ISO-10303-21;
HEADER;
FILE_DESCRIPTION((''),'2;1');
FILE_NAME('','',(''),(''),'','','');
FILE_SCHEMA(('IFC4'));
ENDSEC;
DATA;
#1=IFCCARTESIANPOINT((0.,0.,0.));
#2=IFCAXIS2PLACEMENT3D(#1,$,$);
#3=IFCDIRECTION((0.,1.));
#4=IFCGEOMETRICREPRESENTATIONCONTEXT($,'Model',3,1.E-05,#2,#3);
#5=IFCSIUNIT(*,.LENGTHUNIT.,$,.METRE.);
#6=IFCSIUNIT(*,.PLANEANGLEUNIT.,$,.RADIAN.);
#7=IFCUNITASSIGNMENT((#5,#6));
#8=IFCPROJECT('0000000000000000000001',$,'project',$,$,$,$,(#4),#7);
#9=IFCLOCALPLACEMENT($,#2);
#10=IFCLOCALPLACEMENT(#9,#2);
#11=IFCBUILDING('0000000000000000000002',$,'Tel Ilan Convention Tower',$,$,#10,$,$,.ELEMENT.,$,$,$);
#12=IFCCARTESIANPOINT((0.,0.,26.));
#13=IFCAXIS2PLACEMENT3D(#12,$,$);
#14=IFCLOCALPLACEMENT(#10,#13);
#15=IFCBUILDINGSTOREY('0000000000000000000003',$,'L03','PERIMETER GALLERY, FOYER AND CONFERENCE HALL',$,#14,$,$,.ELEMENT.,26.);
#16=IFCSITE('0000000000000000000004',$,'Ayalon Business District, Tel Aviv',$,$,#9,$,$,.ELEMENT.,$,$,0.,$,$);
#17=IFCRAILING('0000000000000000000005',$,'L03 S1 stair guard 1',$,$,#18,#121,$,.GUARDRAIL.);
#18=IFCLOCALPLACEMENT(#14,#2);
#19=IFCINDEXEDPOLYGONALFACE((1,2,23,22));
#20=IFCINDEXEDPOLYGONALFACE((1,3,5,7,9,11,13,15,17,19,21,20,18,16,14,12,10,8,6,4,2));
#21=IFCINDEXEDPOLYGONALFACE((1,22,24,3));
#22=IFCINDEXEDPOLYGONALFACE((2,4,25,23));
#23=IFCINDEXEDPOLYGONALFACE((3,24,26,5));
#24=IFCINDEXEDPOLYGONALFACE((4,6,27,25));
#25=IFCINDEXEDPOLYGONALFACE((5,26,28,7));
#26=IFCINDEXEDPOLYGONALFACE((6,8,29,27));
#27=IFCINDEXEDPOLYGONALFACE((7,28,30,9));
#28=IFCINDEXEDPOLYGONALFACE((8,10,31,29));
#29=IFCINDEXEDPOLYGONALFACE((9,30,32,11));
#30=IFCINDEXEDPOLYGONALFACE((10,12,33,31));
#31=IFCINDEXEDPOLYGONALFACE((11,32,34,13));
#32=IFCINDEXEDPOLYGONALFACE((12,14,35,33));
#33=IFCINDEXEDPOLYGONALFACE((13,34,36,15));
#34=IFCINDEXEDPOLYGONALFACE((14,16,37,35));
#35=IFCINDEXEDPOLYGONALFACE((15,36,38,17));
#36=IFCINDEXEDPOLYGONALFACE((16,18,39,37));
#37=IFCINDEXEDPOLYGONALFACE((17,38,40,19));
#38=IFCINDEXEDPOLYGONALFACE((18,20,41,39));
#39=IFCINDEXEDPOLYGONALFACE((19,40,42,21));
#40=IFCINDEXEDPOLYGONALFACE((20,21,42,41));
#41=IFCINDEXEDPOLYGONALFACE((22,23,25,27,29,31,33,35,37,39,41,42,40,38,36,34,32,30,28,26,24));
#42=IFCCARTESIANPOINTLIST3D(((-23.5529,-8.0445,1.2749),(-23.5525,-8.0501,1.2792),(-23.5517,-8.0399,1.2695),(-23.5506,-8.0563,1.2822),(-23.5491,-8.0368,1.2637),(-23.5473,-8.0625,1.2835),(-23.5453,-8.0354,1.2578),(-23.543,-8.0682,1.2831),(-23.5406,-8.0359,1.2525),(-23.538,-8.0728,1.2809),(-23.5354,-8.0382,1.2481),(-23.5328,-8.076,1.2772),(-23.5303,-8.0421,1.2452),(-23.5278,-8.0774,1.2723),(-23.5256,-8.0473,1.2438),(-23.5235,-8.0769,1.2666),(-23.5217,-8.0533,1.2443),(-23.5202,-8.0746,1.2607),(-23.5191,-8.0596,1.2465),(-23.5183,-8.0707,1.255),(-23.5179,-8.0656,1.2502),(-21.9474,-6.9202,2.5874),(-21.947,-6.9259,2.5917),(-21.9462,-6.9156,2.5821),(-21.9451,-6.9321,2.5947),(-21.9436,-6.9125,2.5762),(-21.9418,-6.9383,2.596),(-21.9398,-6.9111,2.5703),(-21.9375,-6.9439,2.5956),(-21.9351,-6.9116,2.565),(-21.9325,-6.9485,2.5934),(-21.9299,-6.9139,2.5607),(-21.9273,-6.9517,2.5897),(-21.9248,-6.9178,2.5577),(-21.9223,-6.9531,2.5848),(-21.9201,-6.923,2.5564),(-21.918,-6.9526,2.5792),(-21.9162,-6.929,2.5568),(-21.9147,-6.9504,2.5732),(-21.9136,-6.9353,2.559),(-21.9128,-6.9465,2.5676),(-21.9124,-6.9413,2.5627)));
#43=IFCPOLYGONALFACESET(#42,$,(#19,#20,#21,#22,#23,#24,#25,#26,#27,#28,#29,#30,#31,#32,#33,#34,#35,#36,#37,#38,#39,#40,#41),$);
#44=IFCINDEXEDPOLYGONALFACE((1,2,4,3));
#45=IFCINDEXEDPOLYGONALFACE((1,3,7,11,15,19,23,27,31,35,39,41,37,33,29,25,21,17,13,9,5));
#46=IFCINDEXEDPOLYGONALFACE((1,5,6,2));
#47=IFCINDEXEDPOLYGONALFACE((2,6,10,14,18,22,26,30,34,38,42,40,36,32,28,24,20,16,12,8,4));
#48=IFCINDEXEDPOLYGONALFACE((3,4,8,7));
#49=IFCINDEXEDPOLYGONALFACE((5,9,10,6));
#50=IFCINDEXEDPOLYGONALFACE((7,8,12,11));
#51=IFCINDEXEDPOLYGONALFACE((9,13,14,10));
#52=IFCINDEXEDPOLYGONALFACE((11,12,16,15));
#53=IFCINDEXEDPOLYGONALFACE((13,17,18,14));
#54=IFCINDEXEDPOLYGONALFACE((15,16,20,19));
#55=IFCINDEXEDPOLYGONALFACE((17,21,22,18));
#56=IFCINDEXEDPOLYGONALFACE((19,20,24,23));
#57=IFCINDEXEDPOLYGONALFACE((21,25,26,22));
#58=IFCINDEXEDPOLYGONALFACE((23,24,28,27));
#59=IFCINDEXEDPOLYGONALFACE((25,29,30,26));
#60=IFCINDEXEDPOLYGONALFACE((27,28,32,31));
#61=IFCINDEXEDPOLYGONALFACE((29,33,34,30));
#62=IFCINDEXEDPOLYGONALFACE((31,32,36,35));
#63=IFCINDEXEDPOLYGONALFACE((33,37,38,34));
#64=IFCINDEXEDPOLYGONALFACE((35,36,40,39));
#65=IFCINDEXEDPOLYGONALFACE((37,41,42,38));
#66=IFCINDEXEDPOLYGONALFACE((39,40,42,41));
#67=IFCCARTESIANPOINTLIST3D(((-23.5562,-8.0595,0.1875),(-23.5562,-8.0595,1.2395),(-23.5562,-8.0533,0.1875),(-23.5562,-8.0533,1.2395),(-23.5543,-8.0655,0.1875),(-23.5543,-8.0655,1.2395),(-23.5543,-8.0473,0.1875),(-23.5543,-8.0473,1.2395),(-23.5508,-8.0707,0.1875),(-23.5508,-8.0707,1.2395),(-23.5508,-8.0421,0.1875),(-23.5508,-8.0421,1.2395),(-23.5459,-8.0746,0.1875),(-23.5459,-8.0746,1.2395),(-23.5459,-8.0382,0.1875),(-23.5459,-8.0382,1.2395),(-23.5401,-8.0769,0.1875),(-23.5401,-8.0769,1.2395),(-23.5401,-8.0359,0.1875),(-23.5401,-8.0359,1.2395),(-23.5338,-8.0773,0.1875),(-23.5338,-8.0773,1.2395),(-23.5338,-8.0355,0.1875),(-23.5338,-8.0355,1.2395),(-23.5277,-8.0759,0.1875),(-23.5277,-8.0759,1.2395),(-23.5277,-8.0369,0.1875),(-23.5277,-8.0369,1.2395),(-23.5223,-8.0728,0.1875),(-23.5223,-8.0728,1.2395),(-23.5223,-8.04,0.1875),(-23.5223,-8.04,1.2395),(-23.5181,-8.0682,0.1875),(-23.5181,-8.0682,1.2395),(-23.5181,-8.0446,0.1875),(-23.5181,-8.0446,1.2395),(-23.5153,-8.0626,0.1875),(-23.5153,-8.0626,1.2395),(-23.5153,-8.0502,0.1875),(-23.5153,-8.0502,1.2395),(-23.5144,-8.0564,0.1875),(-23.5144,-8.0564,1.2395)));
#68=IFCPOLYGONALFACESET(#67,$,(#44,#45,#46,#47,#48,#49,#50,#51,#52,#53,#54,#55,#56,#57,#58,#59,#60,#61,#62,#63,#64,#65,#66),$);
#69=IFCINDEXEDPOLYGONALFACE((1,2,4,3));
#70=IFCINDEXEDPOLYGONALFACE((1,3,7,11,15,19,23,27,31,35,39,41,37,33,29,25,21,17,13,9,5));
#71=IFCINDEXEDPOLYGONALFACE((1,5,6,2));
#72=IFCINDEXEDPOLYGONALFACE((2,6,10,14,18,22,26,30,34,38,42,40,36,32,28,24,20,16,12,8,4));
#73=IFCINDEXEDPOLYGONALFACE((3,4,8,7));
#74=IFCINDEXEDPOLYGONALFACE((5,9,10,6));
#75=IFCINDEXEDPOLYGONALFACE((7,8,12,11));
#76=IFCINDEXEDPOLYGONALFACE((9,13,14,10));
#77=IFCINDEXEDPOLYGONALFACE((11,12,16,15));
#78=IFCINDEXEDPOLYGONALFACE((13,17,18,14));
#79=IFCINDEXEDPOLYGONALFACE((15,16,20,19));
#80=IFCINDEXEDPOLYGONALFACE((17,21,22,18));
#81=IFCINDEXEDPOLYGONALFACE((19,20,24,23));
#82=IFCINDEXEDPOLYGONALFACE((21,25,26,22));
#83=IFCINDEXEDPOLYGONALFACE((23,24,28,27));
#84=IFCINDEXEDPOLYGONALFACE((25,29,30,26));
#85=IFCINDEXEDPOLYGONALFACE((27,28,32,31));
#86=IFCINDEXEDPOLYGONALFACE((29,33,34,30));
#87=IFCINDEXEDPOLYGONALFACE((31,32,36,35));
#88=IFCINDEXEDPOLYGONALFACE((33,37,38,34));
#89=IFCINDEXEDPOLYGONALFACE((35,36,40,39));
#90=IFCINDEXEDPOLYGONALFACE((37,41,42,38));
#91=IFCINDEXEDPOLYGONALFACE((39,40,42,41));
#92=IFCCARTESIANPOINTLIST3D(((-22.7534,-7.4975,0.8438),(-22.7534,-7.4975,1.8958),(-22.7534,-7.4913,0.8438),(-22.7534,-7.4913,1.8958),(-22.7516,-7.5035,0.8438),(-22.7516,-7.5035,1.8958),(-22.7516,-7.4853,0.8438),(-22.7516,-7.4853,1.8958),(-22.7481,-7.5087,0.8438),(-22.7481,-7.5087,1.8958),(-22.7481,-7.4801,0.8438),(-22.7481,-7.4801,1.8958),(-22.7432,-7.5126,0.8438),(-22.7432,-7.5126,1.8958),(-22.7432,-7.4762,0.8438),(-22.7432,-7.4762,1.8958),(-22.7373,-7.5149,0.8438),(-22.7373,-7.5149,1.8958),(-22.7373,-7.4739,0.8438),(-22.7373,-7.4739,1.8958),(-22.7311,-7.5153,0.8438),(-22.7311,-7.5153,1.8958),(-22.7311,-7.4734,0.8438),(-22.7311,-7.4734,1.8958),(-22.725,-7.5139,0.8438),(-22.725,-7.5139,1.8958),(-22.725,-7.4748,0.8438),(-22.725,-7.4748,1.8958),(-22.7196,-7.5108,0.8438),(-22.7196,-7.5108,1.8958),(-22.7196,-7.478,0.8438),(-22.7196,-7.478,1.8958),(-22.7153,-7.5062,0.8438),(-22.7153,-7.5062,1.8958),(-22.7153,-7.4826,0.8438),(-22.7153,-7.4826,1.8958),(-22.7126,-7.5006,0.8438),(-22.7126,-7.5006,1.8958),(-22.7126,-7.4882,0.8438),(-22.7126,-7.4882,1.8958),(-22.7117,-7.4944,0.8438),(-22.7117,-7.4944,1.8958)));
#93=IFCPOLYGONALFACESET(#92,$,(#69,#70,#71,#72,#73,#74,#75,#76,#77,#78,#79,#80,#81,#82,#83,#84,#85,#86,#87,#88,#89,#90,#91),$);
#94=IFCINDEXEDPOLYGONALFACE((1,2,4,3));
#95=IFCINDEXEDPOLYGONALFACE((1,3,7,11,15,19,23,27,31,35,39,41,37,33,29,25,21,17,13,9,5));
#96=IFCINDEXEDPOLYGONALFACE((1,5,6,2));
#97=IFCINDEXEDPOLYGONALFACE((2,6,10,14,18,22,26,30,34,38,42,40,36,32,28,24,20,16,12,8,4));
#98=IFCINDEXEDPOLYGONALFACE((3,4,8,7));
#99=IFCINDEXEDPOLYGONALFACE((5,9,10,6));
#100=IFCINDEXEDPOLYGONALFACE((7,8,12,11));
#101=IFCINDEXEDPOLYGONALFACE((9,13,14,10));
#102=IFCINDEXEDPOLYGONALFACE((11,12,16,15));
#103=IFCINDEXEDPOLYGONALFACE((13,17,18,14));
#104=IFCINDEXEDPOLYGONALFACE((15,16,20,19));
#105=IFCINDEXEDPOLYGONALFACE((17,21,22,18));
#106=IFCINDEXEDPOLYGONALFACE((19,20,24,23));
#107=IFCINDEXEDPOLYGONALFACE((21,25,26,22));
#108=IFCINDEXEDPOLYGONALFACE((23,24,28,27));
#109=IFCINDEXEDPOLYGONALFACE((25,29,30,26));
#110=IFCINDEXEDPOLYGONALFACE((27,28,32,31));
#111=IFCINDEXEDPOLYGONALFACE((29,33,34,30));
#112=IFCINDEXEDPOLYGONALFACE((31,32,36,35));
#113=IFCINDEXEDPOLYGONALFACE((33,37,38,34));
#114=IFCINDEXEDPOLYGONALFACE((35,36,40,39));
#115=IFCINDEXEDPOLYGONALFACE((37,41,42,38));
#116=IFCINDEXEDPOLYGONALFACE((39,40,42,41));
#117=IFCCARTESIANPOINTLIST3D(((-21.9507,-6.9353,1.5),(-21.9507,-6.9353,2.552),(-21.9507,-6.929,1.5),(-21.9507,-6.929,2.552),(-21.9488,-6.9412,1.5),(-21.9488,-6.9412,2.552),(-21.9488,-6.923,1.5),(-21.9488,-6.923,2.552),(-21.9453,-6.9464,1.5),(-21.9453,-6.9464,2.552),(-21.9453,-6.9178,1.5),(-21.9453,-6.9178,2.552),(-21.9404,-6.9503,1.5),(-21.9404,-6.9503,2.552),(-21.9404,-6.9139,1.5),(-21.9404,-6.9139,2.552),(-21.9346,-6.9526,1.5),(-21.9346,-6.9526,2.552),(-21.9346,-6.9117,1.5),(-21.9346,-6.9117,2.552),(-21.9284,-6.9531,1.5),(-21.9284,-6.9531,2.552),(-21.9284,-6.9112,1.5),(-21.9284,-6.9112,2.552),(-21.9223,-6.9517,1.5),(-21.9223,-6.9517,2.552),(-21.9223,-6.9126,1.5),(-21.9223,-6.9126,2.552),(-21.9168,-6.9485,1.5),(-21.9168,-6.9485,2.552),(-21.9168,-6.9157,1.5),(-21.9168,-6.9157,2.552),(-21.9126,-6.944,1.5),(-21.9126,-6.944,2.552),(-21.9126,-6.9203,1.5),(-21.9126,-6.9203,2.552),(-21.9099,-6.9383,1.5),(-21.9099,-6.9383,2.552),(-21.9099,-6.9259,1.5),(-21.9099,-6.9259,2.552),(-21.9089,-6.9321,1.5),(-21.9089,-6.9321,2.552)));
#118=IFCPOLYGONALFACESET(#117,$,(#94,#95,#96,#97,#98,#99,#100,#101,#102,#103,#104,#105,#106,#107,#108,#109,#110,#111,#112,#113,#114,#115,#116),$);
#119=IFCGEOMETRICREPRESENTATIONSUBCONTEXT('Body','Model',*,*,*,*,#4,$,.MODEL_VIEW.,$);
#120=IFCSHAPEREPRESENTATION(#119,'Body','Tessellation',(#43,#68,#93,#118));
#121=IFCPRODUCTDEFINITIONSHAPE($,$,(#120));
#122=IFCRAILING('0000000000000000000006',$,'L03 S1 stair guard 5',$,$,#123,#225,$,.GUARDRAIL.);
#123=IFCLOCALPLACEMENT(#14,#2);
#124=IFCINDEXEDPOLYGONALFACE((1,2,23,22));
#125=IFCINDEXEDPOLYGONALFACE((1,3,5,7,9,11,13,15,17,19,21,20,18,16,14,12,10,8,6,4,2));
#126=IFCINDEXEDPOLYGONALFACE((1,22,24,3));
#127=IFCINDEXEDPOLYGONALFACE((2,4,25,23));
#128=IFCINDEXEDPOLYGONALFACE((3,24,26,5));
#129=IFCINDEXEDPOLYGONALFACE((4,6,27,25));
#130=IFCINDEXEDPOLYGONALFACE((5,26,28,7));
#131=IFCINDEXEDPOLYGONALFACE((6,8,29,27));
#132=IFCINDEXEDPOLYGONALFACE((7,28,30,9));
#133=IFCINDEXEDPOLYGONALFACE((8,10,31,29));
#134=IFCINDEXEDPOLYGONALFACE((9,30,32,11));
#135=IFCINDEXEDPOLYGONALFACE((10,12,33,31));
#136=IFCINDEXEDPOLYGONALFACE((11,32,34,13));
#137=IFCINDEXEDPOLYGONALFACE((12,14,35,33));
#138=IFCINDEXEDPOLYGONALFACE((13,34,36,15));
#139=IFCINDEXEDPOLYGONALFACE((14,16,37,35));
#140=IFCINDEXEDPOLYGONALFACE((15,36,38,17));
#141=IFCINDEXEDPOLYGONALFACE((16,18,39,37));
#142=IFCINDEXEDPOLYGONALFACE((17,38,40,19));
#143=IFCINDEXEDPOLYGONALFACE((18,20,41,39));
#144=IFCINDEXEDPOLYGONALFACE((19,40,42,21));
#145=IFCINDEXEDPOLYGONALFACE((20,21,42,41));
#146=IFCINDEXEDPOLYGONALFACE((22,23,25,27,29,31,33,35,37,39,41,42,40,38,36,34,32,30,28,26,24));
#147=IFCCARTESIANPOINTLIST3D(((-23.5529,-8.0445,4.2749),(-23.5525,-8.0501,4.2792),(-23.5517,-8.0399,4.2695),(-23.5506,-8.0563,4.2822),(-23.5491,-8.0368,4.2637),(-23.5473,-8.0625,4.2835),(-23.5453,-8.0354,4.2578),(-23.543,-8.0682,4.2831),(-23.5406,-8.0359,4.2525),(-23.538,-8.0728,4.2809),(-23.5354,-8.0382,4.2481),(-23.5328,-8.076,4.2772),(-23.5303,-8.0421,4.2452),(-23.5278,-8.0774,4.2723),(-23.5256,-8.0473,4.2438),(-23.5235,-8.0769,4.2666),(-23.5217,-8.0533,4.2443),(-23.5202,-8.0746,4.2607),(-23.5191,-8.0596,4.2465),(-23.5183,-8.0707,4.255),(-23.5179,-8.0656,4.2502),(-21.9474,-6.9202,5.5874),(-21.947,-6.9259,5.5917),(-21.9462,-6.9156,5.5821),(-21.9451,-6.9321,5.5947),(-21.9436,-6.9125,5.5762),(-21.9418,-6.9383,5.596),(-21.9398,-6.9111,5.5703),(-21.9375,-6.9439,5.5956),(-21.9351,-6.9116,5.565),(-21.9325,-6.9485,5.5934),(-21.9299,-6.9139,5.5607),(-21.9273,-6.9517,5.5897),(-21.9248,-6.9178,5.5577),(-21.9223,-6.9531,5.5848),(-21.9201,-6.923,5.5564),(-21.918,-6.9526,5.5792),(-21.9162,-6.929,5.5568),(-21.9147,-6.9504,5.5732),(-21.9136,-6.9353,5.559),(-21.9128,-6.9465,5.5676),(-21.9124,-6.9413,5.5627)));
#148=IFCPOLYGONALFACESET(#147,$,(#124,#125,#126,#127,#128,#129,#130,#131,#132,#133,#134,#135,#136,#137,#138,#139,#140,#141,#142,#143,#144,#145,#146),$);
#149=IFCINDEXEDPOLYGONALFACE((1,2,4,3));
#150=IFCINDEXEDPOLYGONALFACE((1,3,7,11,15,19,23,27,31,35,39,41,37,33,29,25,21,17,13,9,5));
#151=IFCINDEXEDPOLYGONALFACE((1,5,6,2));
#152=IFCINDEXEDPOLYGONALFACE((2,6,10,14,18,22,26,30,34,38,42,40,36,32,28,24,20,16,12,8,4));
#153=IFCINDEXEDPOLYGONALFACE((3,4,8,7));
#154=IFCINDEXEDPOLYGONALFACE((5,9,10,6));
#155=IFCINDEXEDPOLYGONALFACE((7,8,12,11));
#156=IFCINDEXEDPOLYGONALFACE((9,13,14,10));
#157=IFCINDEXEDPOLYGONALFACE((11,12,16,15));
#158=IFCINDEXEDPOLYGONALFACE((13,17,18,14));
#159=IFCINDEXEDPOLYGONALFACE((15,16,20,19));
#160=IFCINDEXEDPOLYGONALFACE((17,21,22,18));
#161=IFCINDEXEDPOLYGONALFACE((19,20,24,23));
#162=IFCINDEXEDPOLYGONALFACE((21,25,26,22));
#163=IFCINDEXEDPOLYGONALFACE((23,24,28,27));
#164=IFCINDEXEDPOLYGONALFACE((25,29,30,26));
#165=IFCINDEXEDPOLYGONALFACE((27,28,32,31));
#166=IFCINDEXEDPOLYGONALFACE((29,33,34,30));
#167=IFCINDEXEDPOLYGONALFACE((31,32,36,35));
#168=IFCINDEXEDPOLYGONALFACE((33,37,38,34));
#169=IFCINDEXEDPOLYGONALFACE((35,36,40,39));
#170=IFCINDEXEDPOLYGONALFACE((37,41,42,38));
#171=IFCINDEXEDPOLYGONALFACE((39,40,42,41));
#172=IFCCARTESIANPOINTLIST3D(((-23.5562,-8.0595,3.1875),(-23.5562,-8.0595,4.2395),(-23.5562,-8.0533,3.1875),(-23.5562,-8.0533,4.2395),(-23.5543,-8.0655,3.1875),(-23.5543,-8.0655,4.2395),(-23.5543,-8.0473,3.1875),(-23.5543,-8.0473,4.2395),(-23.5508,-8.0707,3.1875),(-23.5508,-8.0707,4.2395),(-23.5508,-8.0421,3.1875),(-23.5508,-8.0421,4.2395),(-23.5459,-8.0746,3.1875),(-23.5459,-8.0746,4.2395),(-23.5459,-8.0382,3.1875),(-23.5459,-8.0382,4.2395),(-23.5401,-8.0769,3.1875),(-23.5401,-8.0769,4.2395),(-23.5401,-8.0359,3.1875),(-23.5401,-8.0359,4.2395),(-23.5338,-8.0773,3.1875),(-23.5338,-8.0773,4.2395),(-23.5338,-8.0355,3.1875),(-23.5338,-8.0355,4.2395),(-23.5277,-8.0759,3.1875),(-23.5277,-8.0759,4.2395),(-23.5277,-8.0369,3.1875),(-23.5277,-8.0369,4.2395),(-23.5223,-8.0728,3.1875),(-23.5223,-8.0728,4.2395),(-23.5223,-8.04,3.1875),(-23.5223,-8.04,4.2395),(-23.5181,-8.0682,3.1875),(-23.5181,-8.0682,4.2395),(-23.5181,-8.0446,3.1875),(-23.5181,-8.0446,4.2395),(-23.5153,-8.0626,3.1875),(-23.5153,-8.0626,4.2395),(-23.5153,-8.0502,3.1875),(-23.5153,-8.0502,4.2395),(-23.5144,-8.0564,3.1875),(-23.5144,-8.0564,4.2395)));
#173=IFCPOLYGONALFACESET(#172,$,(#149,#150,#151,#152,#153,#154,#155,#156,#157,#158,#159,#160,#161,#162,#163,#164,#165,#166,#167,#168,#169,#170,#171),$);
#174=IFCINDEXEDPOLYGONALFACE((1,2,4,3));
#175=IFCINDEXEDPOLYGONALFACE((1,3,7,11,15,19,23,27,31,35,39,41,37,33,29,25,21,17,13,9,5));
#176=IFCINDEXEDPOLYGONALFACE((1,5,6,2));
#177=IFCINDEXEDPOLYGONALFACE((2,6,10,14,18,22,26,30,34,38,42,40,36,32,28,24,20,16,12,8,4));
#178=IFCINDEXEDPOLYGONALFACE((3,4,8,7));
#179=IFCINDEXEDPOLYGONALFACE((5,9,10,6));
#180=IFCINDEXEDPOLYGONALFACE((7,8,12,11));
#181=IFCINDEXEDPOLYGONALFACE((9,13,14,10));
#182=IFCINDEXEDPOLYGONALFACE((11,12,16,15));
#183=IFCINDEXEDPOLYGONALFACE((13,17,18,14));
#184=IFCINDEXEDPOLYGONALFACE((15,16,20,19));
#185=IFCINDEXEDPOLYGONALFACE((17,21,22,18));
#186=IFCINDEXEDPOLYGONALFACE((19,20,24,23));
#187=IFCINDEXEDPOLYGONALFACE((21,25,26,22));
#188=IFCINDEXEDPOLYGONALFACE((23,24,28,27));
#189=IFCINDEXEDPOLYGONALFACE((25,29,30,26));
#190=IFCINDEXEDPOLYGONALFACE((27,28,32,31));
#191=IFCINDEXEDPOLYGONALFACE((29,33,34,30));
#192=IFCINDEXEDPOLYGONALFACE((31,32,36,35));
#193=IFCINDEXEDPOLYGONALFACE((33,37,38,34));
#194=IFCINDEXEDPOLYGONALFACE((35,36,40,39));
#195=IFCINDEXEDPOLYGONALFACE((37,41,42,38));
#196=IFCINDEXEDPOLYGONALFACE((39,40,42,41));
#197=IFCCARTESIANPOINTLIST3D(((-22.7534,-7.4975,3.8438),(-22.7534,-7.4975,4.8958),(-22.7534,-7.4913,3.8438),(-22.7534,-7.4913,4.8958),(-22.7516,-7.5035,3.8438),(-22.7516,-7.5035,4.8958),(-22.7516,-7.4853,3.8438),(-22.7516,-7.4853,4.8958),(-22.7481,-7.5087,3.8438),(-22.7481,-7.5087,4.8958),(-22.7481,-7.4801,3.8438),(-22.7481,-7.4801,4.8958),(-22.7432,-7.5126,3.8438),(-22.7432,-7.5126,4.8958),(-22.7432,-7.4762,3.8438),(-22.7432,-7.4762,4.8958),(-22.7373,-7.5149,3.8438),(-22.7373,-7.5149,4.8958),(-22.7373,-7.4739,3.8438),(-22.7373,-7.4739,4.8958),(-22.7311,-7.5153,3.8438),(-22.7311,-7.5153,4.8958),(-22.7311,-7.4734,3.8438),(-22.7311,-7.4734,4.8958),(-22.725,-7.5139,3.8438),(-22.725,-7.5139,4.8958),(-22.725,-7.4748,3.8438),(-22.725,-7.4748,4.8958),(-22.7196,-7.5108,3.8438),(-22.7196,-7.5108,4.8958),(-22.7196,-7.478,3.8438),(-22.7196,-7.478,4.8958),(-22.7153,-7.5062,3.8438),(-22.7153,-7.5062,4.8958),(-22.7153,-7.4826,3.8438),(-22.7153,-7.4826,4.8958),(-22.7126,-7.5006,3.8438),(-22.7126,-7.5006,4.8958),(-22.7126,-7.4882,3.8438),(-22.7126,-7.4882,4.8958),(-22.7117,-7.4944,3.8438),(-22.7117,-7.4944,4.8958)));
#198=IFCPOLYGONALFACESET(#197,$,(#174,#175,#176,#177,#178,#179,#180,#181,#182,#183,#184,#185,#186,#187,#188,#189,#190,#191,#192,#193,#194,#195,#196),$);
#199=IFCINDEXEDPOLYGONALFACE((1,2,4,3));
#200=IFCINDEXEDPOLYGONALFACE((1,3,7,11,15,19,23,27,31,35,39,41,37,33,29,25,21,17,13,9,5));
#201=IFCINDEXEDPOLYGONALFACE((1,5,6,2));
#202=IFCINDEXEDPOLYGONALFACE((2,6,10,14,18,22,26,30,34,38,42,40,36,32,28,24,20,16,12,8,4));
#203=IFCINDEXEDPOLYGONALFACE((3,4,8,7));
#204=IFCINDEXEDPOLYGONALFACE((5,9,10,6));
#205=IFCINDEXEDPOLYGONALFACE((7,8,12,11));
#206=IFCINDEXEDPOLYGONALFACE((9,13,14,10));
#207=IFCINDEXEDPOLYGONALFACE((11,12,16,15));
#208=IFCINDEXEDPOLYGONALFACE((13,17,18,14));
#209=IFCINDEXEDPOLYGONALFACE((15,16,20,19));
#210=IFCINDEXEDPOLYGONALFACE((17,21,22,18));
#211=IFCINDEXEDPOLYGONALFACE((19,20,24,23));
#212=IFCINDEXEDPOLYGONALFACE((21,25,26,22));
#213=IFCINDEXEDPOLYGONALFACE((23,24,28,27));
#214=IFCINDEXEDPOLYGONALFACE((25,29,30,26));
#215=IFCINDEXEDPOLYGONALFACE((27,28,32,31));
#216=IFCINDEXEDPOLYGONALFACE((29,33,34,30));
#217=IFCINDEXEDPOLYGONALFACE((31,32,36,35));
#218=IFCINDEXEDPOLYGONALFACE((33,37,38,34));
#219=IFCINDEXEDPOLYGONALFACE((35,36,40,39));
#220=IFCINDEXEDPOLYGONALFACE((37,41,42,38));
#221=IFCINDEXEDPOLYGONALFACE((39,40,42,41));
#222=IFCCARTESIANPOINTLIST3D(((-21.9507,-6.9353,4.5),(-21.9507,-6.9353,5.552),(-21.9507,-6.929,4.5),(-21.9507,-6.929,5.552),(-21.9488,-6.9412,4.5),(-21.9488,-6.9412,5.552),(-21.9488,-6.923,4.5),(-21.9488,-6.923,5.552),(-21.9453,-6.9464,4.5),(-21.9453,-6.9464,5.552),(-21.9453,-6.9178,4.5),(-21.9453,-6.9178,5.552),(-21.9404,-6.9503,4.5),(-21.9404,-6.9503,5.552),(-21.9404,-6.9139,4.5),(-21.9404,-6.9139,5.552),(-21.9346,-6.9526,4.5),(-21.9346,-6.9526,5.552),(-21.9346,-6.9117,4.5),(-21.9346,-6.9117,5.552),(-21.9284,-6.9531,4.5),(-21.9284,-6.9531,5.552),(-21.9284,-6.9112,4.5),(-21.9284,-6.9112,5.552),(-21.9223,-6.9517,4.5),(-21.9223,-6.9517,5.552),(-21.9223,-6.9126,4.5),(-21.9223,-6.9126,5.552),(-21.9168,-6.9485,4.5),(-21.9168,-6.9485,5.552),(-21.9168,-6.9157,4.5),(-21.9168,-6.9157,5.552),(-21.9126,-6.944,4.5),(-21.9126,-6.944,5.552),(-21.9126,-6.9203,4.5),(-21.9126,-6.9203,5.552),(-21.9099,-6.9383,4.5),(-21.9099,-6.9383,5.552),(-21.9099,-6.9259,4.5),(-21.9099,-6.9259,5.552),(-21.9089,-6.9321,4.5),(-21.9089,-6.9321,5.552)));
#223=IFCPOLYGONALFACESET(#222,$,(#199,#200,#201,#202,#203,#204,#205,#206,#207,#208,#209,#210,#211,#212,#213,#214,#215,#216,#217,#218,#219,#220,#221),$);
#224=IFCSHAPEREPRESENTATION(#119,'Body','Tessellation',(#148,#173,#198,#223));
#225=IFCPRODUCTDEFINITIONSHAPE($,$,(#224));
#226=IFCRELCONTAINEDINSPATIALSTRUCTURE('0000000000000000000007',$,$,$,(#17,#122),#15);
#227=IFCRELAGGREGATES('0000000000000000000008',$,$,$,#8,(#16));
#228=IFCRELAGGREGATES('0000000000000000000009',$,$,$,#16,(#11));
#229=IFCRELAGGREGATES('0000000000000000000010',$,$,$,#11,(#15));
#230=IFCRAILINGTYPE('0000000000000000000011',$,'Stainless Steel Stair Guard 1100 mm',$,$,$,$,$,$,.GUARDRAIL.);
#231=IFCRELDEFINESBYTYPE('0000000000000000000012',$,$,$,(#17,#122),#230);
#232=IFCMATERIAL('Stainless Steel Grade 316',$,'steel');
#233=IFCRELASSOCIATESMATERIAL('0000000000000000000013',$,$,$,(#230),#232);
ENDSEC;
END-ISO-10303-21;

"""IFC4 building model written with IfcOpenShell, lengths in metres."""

from ifc_helpers import new_model, si_unit, direction, frame, origin, origin_2d, place, context, subcontext, project, spatial, circle, extrude, material, type_object, element, save


model = new_model("IFC4")

# Units and contexts
model_context = context("Model", 3, precision=1e-05, world=origin(), true_north=direction((0.0, 1.0)))
body_context = subcontext(model_context, "Body", "Model", "MODEL_VIEW")
ifc_project = project(units=[si_unit("LENGTHUNIT", "METRE"), si_unit("PLANEANGLEUNIT", "RADIAN")], contexts=[model_context])

# Site, building, storey
site_placement = place(None, origin())
site = spatial("IfcSite", under=ifc_project, at=site_placement, Name="Ayalon Business District, Tel Aviv", CompositionType="ELEMENT", RefElevation=0.0)
building_placement = place(site_placement, origin())
building = spatial("IfcBuilding", under=site, at=building_placement, Name="Tel Ilan Convention Tower", CompositionType="ELEMENT")
storey_placement = place(building_placement, frame((0.0, 0.0, 26.0)))
storey = spatial("IfcBuildingStorey", under=building, at=storey_placement, Name="L03", Description="PERIMETER GALLERY, FOYER AND CONFERENCE HALL", CompositionType="ELEMENT", Elevation=26.0)

# Railings
ifc_material_1 = material(Name="Stainless Steel Grade 316", Category="steel")
railing_type_1 = type_object("IfcRailingType", Name="Stainless Steel Stair Guard 1100 mm", PredefinedType="GUARDRAIL", material=ifc_material_1)
for number, where, name in (
    (1, (-23.5354, -8.0564, 0.1875), "L03 S1 stair guard 1"),
    (2, (-23.5354, -8.0564, 3.1875), "L03 S1 stair guard 5"),
):
    element("IfcRailing", number, at=place(storey_placement, frame(where)), inside=storey, type_object=railing_type_1, Name=name, PredefinedType="GUARDRAIL", context=body_context, shape_type="SweptSolid", body=[
        extrude(circle(Radius=0.0239, at=origin_2d()), frame((0.0, 0.0, 1.0762), z_axis=(0.680616, 0.476617, 0.556416), x_axis=(-0.573613, 0.819127, 0.0)), (0.0, 0.0, 1.0), 2.3589),
        extrude(circle(Radius=0.021, at=origin_2d()), origin(), (0.0, 0.0, 1.0), 1.052),
        extrude(circle(Radius=0.021, at=origin_2d()), frame((0.8027, 0.562, 0.6562)), (0.0, 0.0, 1.0), 1.052),
        extrude(circle(Radius=0.021, at=origin_2d()), frame((1.6055, 1.1243, 1.3125)), (0.0, 0.0, 1.0), 1.052),
    ])

save(model, "model.ifc")
